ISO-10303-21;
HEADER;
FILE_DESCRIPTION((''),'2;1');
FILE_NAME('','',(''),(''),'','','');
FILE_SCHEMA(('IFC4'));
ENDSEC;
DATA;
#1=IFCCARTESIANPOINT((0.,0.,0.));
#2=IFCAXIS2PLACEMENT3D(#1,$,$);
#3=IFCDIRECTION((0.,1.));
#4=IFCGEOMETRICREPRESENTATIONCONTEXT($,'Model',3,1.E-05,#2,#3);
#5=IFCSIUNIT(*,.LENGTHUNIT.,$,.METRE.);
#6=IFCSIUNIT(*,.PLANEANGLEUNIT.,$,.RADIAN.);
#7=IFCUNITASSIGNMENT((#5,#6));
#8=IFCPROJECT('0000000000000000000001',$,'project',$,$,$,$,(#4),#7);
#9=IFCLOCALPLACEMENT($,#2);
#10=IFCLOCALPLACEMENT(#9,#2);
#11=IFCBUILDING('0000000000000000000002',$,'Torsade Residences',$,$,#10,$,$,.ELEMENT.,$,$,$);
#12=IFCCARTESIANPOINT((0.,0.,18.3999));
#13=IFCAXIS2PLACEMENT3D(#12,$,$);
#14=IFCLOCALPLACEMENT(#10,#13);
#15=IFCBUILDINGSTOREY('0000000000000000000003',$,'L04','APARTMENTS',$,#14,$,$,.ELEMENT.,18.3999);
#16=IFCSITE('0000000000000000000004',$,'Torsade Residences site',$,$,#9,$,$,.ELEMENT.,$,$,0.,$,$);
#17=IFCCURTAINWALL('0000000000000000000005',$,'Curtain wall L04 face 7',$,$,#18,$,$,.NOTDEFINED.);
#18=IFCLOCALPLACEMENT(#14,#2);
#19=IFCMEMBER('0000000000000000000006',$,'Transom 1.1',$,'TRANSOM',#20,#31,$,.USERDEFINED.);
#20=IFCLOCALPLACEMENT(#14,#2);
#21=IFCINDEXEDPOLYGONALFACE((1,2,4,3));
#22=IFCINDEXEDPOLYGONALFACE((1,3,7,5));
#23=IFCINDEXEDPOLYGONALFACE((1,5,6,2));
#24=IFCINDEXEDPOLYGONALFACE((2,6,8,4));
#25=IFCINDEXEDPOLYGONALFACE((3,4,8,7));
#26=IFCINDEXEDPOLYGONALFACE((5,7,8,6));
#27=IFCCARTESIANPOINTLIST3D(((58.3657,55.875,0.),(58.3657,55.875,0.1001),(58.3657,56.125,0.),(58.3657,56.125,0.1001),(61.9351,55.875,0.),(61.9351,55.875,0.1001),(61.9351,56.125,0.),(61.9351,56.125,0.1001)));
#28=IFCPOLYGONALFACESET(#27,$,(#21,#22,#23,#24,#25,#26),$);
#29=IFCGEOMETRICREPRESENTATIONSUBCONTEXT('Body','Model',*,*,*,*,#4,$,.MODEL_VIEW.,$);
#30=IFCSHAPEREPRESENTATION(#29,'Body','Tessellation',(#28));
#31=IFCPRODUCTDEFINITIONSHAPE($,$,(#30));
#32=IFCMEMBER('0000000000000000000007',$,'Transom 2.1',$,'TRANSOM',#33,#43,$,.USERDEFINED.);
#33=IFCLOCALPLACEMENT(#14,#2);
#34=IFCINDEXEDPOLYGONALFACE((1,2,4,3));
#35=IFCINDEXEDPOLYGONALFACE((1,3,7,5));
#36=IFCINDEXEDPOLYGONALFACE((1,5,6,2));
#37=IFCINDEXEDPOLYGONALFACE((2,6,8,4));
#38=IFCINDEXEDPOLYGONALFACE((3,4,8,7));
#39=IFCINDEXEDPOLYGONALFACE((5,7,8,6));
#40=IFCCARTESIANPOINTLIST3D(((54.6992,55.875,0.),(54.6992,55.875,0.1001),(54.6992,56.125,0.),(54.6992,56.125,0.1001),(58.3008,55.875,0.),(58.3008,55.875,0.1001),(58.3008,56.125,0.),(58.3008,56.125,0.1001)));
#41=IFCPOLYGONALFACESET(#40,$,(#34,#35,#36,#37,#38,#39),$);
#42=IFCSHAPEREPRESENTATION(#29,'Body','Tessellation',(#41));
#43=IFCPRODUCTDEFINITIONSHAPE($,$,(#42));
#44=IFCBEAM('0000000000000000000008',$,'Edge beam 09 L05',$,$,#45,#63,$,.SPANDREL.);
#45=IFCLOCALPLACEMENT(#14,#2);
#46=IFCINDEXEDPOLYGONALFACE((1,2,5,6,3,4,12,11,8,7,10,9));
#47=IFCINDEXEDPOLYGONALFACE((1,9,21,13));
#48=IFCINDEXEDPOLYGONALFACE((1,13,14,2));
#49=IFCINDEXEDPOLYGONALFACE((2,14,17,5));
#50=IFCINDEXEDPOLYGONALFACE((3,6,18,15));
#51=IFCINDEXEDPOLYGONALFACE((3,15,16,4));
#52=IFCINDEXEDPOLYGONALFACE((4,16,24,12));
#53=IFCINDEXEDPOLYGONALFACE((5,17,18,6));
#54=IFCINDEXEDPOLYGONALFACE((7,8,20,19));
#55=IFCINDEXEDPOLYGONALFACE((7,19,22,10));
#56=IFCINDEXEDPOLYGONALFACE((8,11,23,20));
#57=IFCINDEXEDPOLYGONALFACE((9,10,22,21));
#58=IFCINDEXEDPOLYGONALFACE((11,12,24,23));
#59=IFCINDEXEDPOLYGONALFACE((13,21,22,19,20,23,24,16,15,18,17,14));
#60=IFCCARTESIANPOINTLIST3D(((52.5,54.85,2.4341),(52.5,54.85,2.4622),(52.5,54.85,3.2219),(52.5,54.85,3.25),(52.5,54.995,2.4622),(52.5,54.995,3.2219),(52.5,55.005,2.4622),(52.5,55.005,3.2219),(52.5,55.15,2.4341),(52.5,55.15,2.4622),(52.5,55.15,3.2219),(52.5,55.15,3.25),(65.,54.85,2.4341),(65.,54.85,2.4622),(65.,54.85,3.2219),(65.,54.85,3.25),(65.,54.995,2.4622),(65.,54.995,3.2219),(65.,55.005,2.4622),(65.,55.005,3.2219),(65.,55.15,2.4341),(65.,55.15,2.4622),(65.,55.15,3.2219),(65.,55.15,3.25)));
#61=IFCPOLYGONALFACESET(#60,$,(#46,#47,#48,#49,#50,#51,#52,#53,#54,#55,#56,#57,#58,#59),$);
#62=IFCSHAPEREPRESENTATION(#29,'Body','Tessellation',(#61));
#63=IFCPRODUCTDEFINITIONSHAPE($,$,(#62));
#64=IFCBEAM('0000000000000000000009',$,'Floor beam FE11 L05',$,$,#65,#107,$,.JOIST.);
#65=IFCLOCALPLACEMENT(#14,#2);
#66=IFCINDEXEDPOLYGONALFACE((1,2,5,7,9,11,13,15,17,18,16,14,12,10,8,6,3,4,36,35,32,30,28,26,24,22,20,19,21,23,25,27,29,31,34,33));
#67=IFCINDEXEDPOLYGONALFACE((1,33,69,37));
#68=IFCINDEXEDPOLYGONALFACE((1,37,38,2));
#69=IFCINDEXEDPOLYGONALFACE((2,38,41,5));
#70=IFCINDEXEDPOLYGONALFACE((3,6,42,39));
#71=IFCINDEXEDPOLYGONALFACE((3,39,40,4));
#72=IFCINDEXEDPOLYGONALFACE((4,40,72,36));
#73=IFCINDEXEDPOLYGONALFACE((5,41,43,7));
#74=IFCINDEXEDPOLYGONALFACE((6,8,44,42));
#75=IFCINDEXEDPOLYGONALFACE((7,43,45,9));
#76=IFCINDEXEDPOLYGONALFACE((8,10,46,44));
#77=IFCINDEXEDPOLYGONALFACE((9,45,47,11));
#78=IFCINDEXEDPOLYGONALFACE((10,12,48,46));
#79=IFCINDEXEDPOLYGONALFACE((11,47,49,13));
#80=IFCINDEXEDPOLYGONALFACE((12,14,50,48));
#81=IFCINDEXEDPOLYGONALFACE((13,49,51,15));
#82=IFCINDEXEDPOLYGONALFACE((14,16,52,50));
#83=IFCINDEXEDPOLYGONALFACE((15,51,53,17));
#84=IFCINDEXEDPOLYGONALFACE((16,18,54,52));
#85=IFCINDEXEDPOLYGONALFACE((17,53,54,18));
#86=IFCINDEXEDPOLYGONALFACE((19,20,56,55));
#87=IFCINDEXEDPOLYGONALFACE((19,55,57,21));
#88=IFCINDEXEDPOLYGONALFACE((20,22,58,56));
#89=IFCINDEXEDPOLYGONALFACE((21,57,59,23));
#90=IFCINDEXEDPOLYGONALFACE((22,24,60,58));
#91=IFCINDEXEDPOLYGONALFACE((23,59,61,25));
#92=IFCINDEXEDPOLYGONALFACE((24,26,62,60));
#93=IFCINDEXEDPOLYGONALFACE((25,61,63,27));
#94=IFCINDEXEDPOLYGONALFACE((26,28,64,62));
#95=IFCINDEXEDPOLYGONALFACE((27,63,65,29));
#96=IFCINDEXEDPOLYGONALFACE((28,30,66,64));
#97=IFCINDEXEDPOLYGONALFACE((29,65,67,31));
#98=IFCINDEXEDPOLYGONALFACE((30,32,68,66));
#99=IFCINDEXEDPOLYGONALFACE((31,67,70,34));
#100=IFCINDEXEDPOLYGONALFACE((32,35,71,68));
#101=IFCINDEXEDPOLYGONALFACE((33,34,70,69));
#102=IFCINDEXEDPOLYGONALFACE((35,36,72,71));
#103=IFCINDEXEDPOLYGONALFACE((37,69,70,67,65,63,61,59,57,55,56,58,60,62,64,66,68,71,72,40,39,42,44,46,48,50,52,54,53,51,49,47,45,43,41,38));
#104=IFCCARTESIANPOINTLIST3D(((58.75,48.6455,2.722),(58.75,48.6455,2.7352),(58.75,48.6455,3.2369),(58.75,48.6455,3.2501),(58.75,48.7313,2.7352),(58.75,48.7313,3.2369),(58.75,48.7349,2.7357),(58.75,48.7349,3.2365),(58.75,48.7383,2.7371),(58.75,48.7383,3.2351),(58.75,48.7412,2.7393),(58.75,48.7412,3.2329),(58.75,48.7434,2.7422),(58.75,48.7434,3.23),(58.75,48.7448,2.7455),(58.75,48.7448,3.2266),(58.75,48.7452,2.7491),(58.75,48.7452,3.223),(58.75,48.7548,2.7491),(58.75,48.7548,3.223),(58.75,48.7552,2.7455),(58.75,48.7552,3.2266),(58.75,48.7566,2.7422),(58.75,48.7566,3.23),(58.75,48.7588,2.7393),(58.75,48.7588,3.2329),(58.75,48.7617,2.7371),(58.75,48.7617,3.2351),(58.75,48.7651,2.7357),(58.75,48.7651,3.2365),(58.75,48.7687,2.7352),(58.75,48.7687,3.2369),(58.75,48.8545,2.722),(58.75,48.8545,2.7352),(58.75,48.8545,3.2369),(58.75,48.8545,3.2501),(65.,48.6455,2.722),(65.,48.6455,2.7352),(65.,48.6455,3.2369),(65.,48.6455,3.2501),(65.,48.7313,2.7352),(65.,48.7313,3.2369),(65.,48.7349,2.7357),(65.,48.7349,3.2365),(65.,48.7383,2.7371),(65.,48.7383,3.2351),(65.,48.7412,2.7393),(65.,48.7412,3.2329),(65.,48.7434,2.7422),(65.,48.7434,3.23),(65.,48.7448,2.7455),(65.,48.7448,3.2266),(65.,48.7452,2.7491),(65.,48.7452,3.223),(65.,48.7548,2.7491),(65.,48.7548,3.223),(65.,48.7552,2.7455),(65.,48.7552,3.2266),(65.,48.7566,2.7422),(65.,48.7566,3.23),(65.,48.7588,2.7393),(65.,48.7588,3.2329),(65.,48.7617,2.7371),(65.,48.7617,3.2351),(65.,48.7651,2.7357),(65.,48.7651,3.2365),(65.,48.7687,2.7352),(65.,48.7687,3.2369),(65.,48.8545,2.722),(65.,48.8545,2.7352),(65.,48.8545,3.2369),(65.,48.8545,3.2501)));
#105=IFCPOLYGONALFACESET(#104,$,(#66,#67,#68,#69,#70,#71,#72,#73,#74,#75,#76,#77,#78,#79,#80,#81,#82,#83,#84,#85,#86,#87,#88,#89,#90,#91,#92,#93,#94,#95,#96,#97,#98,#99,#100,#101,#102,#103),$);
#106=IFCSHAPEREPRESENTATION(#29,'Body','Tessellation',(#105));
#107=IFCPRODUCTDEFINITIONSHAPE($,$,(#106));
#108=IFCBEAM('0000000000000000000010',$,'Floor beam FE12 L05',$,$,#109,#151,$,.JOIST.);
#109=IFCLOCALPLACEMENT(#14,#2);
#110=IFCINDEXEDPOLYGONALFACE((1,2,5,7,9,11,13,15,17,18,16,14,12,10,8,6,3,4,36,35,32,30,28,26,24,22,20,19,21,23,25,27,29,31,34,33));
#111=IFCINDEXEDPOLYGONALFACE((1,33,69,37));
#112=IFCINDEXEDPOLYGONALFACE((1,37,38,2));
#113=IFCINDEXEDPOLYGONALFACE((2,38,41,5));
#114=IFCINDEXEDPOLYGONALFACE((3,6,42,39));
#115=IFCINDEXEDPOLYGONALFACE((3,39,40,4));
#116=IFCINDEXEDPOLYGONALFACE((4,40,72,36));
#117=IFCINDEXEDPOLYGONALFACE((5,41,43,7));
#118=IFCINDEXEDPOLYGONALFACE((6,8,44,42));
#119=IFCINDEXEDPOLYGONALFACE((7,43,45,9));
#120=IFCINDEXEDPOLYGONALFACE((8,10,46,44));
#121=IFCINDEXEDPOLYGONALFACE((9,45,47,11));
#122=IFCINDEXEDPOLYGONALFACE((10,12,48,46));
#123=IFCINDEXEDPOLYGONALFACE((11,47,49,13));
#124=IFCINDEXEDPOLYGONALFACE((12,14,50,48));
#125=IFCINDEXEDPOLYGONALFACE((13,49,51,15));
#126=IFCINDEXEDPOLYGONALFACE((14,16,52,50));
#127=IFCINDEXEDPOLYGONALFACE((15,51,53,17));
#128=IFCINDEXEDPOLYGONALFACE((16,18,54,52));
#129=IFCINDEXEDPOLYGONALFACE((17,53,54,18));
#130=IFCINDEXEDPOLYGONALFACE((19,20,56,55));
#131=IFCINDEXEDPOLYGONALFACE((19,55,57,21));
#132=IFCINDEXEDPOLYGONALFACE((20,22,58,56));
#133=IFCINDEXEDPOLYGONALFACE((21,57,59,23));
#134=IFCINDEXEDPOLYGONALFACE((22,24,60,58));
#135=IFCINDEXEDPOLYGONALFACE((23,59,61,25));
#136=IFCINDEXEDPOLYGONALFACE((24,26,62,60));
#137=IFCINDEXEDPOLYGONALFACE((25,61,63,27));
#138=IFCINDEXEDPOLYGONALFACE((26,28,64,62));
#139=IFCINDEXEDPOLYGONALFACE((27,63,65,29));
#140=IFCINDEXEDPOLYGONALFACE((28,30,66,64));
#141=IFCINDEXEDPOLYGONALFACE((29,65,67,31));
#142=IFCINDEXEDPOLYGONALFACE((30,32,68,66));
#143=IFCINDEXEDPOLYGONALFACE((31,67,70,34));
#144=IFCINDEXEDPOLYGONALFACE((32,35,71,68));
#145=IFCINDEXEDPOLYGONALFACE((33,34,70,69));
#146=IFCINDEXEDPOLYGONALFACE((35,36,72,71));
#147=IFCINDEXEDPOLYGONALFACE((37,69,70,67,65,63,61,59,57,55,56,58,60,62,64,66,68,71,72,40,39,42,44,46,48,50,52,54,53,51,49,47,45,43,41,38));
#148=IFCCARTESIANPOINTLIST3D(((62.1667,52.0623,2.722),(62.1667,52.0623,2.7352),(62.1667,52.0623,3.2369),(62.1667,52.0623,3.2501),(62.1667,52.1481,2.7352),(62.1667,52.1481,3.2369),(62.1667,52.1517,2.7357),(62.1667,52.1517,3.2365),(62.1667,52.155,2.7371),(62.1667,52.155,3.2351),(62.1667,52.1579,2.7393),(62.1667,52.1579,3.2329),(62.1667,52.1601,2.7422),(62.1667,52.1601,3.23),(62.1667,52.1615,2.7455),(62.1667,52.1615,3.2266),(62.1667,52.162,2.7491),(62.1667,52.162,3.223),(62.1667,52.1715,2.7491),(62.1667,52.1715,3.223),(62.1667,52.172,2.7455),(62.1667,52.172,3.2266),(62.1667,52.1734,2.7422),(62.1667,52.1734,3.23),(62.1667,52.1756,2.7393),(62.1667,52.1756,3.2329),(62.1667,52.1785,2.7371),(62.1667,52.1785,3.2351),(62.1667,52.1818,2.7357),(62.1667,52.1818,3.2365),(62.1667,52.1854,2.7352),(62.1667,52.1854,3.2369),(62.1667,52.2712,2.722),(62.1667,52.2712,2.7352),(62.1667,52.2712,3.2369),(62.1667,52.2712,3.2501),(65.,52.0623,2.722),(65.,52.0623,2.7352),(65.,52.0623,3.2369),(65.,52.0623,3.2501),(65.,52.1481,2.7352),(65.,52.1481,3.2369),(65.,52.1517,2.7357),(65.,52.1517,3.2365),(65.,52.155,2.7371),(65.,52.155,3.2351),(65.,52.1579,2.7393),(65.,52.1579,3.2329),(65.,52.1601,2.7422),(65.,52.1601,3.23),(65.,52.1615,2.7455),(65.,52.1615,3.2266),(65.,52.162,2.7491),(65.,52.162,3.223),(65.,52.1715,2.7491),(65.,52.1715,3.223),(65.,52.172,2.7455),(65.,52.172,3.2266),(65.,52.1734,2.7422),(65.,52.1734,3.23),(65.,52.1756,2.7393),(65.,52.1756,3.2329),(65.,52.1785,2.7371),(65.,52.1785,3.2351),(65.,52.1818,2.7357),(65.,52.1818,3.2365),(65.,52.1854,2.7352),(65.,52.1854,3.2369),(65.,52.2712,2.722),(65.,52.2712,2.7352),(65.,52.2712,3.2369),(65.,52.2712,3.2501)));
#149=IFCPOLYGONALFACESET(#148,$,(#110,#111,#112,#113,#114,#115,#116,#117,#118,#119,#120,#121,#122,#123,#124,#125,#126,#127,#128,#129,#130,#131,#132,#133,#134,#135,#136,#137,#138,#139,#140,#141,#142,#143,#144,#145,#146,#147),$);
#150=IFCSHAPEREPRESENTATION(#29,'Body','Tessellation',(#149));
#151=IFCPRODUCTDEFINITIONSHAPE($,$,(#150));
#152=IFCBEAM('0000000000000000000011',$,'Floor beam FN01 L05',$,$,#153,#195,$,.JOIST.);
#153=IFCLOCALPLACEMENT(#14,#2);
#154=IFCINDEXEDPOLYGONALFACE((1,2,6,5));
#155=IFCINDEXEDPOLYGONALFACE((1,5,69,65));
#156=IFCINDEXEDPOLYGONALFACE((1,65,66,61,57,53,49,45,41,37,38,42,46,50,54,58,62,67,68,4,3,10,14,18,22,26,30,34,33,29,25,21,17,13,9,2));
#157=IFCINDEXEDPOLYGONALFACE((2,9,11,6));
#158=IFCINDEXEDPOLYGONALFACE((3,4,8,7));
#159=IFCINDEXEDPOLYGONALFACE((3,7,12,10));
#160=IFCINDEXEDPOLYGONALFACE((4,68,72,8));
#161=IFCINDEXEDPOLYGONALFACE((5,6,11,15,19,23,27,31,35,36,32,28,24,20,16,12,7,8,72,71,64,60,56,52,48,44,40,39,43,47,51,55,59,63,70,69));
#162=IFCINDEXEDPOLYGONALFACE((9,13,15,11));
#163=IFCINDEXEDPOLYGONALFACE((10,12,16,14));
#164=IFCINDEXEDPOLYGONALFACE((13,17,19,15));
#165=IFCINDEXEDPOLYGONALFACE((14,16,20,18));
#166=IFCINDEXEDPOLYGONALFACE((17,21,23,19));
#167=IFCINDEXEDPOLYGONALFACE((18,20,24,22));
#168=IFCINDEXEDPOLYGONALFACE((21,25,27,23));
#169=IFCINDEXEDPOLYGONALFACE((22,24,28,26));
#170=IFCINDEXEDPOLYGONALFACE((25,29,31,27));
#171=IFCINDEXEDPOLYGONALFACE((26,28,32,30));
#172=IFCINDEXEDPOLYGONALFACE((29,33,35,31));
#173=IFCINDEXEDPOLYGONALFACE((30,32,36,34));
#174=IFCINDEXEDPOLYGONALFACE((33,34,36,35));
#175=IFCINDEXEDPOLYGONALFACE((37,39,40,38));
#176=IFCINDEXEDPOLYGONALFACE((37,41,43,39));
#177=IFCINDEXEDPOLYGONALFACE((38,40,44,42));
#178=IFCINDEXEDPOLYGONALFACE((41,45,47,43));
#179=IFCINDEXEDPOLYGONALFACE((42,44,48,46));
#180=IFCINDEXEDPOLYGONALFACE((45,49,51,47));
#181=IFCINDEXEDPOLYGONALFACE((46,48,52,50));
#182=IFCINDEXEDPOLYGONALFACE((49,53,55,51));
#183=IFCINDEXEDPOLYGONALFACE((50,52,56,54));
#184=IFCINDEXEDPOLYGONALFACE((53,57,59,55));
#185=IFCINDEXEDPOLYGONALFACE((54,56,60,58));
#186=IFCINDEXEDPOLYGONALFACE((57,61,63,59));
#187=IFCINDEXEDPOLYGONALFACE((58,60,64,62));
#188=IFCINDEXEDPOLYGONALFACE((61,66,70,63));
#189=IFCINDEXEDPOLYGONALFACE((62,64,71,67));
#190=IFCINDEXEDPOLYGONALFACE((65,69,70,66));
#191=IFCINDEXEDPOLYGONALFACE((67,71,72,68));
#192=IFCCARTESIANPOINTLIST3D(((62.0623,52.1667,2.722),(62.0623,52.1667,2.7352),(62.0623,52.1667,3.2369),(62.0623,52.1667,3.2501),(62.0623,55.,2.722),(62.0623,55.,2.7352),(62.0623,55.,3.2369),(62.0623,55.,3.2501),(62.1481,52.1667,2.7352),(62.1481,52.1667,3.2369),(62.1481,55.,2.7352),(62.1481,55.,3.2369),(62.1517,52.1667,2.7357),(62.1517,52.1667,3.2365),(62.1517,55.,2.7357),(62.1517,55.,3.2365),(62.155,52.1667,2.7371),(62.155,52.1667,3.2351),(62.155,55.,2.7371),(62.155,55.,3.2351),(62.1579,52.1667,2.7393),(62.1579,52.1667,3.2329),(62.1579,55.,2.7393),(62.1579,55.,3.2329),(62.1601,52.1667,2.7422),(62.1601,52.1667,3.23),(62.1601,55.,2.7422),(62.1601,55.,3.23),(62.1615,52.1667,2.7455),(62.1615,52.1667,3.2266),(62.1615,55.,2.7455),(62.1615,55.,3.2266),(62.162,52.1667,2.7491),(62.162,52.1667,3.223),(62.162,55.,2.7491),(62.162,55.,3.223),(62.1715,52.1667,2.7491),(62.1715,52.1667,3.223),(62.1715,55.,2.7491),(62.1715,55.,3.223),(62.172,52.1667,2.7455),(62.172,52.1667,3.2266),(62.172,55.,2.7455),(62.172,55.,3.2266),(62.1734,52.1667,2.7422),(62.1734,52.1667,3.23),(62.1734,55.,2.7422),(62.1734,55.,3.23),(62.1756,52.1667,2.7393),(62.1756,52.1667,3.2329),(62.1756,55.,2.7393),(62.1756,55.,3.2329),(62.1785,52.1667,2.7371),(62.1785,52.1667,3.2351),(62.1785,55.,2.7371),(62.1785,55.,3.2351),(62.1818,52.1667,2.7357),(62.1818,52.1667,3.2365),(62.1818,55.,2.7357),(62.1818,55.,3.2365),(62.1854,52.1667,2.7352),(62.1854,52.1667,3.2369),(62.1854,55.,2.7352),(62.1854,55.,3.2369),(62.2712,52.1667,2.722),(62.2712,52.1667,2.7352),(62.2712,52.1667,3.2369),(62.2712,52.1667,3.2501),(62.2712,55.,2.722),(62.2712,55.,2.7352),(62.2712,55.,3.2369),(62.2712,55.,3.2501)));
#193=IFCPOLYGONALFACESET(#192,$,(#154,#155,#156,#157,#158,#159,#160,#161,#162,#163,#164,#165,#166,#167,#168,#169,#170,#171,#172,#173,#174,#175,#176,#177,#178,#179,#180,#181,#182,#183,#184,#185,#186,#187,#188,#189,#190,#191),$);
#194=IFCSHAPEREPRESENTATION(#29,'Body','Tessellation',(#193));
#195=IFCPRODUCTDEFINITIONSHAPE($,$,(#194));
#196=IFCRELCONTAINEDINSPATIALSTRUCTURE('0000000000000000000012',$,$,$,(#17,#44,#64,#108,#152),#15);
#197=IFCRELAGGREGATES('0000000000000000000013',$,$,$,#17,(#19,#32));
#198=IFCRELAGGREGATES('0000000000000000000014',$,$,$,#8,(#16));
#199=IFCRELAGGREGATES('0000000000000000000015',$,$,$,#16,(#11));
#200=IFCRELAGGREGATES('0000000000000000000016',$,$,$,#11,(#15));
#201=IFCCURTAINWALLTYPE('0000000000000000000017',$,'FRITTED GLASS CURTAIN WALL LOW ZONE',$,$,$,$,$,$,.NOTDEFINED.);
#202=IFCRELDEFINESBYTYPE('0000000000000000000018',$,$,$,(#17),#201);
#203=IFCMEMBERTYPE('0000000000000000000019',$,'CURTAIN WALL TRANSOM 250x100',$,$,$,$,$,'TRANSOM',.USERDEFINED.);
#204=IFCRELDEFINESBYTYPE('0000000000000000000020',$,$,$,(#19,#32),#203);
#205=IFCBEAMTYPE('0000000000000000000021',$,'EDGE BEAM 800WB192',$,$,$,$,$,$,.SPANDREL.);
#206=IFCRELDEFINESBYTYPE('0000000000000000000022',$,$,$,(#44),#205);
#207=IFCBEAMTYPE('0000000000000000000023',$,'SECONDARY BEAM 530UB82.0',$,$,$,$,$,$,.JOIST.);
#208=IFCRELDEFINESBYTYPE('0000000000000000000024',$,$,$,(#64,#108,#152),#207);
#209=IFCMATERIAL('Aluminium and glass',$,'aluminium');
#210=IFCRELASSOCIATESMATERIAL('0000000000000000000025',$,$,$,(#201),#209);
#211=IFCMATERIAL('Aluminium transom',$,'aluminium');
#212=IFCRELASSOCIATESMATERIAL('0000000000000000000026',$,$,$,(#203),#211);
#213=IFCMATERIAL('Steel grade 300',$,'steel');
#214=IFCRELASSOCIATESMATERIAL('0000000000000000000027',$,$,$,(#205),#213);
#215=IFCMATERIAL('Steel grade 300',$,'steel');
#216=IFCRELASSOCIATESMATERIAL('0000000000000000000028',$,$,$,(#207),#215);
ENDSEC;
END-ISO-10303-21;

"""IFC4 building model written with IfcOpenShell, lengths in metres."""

from ifc_helpers import new_model, si_unit, direction, frame, origin, origin_2d, place, context, subcontext, project, spatial, rectangle, i_section, extrude, material, material_profile, profile_set, type_object, element, aggregate, save


model = new_model("IFC4")

# Units and contexts
model_context = context("Model", 3, precision=1e-05, world=origin(), true_north=direction((0.0, 1.0)))
body_context = subcontext(model_context, "Body", "Model", "MODEL_VIEW")
ifc_project = project(units=[si_unit("LENGTHUNIT", "METRE"), si_unit("PLANEANGLEUNIT", "RADIAN")], contexts=[model_context])

# Site, building, storey
site_placement = place(None, origin())
site = spatial("IfcSite", under=ifc_project, at=site_placement, Name="Torsade Residences site", CompositionType="ELEMENT", RefElevation=0.0)
building_placement = place(site_placement, origin())
building = spatial("IfcBuilding", under=site, at=building_placement, Name="Torsade Residences", CompositionType="ELEMENT")
storey_placement = place(building_placement, frame((0.0, 0.0, 18.3999)))
storey = spatial("IfcBuildingStorey", under=building, at=storey_placement, Name="L04", Description="APARTMENTS", CompositionType="ELEMENT", Elevation=18.3999)

# Curtain wall
ifc_material_1 = material(Name="Aluminium and glass", Category="aluminium")
curtain_wall_type = type_object("IfcCurtainWallType", Name="FRITTED GLASS CURTAIN WALL LOW ZONE", PredefinedType="NOTDEFINED", material=ifc_material_1)
curtain_wall_1_placement = place(storey_placement, origin())
curtain_wall_1 = element("IfcCurtainWall", 1, at=curtain_wall_1_placement, inside=storey, type_object=curtain_wall_type, Name="Curtain wall L04 face 7", PredefinedType="NOTDEFINED")

# Members
ifc_material_2 = material(Name="Aluminium transom", Category="aluminium")
ifc_material_profile_1 = material_profile(ifc_material_2, rectangle(XDim=0.25, YDim=0.1001, at=origin_2d()), Name="CURTAIN WALL TRANSOM 250x100")
ifc_profile_set_1 = profile_set([ifc_material_profile_1], Name="Aluminium transom")
member_type_1 = type_object("IfcMemberType", Name="CURTAIN WALL TRANSOM 250x100", ElementType="TRANSOM", PredefinedType="USERDEFINED", material=ifc_profile_set_1)
member_1_placement = place(storey_placement, frame((61.9351, 56.0, 0.05), z_axis=(-1.0, 0.0, 0.0), x_axis=(0.0, -1.0, 0.0)))
member_1 = element("IfcMember", 2, at=member_1_placement, type_object=member_type_1, Name="Transom 1.1", ObjectType="TRANSOM", PredefinedType="USERDEFINED", context=body_context, shape_type="SweptSolid", body=[
    extrude(rectangle(XDim=0.25, YDim=0.1001, at=origin_2d()), origin(), (0.0, 0.0, 1.0), 3.5693),
])
member_2_placement = place(storey_placement, frame((58.3008, 56.0, 0.05), z_axis=(-1.0, 0.0, 0.0), x_axis=(0.0, -1.0, 0.0)))
member_2 = element("IfcMember", 3, at=member_2_placement, type_object=member_type_1, Name="Transom 2.1", ObjectType="TRANSOM", PredefinedType="USERDEFINED", context=body_context, shape_type="SweptSolid", body=[
    extrude(rectangle(XDim=0.25, YDim=0.1001, at=origin_2d()), origin(), (0.0, 0.0, 1.0), 3.6016),
])

# Beams
ifc_material_3 = material(Name="Steel grade 300", Category="steel")
ifc_material_profile_2 = material_profile(ifc_material_3, i_section(OverallWidth=0.3, OverallDepth=0.8159, WebThickness=0.01, FlangeThickness=0.0281, at=origin_2d()), Name="800WB192")
ifc_profile_set_2 = profile_set([ifc_material_profile_2], Name="Steel grade 300")
beam_type_1 = type_object("IfcBeamType", Name="EDGE BEAM 800WB192", PredefinedType="SPANDREL", material=ifc_profile_set_2)
beam_1_placement = place(storey_placement, frame((65.0, 55.0, 2.842), z_axis=(-1.0, 0.0, 0.0), x_axis=(0.0, -1.0, 0.0)))
element("IfcBeam", 4, at=beam_1_placement, inside=storey, type_object=beam_type_1, Name="Edge beam 09 L05", PredefinedType="SPANDREL", context=body_context, shape_type="SweptSolid", body=[
    extrude(i_section(OverallWidth=0.3, OverallDepth=0.8159, WebThickness=0.01, FlangeThickness=0.0281, at=origin_2d()), origin(), (0.0, 0.0, 1.0), 12.5),
])
ifc_material_4 = material(Name="Steel grade 300", Category="steel")
ifc_material_profile_3 = material_profile(ifc_material_4, i_section(OverallWidth=0.209, OverallDepth=0.5281, WebThickness=0.0095, FlangeThickness=0.0132, FilletRadius=0.0139, at=origin_2d()), Name="530UB82.0")
ifc_profile_set_3 = profile_set([ifc_material_profile_3], Name="Steel grade 300")
beam_type_2 = type_object("IfcBeamType", Name="SECONDARY BEAM 530UB82.0", PredefinedType="JOIST", material=ifc_profile_set_3)
beam_2_placement = place(storey_placement, frame((65.0, 48.75, 2.9861), z_axis=(-1.0, 0.0, 0.0), x_axis=(0.0, -1.0, 0.0)))
element("IfcBeam", 5, at=beam_2_placement, inside=storey, type_object=beam_type_2, Name="Floor beam FE11 L05", PredefinedType="JOIST", context=body_context, shape_type="SweptSolid", body=[
    extrude(i_section(OverallWidth=0.209, OverallDepth=0.5281, WebThickness=0.0095, FlangeThickness=0.0132, FilletRadius=0.0139, at=origin_2d()), origin(), (0.0, 0.0, 1.0), 6.25),
])
for number, where, z_axis, x_axis, name in (
    (6, (65.0, 52.1667, 2.9861), (-1.0, 0.0, 0.0), (0.0, -1.0, 0.0), "Floor beam FE12 L05"),
    (7, (62.1667, 55.0, 2.9861), (0.0, -1.0, 0.0), (1.0, 0.0, 0.0), "Floor beam FN01 L05"),
):
    element("IfcBeam", number, at=place(storey_placement, frame(where, z_axis=z_axis, x_axis=x_axis)), inside=storey, type_object=beam_type_2, Name=name, PredefinedType="JOIST", context=body_context, shape_type="SweptSolid", body=[
        extrude(i_section(OverallWidth=0.209, OverallDepth=0.5281, WebThickness=0.0095, FlangeThickness=0.0132, FilletRadius=0.0139, at=origin_2d()), origin(), (0.0, 0.0, 1.0), 2.8333),
    ])

aggregate(curtain_wall_1, [member_1, member_2])

save(model, "model.ifc")
